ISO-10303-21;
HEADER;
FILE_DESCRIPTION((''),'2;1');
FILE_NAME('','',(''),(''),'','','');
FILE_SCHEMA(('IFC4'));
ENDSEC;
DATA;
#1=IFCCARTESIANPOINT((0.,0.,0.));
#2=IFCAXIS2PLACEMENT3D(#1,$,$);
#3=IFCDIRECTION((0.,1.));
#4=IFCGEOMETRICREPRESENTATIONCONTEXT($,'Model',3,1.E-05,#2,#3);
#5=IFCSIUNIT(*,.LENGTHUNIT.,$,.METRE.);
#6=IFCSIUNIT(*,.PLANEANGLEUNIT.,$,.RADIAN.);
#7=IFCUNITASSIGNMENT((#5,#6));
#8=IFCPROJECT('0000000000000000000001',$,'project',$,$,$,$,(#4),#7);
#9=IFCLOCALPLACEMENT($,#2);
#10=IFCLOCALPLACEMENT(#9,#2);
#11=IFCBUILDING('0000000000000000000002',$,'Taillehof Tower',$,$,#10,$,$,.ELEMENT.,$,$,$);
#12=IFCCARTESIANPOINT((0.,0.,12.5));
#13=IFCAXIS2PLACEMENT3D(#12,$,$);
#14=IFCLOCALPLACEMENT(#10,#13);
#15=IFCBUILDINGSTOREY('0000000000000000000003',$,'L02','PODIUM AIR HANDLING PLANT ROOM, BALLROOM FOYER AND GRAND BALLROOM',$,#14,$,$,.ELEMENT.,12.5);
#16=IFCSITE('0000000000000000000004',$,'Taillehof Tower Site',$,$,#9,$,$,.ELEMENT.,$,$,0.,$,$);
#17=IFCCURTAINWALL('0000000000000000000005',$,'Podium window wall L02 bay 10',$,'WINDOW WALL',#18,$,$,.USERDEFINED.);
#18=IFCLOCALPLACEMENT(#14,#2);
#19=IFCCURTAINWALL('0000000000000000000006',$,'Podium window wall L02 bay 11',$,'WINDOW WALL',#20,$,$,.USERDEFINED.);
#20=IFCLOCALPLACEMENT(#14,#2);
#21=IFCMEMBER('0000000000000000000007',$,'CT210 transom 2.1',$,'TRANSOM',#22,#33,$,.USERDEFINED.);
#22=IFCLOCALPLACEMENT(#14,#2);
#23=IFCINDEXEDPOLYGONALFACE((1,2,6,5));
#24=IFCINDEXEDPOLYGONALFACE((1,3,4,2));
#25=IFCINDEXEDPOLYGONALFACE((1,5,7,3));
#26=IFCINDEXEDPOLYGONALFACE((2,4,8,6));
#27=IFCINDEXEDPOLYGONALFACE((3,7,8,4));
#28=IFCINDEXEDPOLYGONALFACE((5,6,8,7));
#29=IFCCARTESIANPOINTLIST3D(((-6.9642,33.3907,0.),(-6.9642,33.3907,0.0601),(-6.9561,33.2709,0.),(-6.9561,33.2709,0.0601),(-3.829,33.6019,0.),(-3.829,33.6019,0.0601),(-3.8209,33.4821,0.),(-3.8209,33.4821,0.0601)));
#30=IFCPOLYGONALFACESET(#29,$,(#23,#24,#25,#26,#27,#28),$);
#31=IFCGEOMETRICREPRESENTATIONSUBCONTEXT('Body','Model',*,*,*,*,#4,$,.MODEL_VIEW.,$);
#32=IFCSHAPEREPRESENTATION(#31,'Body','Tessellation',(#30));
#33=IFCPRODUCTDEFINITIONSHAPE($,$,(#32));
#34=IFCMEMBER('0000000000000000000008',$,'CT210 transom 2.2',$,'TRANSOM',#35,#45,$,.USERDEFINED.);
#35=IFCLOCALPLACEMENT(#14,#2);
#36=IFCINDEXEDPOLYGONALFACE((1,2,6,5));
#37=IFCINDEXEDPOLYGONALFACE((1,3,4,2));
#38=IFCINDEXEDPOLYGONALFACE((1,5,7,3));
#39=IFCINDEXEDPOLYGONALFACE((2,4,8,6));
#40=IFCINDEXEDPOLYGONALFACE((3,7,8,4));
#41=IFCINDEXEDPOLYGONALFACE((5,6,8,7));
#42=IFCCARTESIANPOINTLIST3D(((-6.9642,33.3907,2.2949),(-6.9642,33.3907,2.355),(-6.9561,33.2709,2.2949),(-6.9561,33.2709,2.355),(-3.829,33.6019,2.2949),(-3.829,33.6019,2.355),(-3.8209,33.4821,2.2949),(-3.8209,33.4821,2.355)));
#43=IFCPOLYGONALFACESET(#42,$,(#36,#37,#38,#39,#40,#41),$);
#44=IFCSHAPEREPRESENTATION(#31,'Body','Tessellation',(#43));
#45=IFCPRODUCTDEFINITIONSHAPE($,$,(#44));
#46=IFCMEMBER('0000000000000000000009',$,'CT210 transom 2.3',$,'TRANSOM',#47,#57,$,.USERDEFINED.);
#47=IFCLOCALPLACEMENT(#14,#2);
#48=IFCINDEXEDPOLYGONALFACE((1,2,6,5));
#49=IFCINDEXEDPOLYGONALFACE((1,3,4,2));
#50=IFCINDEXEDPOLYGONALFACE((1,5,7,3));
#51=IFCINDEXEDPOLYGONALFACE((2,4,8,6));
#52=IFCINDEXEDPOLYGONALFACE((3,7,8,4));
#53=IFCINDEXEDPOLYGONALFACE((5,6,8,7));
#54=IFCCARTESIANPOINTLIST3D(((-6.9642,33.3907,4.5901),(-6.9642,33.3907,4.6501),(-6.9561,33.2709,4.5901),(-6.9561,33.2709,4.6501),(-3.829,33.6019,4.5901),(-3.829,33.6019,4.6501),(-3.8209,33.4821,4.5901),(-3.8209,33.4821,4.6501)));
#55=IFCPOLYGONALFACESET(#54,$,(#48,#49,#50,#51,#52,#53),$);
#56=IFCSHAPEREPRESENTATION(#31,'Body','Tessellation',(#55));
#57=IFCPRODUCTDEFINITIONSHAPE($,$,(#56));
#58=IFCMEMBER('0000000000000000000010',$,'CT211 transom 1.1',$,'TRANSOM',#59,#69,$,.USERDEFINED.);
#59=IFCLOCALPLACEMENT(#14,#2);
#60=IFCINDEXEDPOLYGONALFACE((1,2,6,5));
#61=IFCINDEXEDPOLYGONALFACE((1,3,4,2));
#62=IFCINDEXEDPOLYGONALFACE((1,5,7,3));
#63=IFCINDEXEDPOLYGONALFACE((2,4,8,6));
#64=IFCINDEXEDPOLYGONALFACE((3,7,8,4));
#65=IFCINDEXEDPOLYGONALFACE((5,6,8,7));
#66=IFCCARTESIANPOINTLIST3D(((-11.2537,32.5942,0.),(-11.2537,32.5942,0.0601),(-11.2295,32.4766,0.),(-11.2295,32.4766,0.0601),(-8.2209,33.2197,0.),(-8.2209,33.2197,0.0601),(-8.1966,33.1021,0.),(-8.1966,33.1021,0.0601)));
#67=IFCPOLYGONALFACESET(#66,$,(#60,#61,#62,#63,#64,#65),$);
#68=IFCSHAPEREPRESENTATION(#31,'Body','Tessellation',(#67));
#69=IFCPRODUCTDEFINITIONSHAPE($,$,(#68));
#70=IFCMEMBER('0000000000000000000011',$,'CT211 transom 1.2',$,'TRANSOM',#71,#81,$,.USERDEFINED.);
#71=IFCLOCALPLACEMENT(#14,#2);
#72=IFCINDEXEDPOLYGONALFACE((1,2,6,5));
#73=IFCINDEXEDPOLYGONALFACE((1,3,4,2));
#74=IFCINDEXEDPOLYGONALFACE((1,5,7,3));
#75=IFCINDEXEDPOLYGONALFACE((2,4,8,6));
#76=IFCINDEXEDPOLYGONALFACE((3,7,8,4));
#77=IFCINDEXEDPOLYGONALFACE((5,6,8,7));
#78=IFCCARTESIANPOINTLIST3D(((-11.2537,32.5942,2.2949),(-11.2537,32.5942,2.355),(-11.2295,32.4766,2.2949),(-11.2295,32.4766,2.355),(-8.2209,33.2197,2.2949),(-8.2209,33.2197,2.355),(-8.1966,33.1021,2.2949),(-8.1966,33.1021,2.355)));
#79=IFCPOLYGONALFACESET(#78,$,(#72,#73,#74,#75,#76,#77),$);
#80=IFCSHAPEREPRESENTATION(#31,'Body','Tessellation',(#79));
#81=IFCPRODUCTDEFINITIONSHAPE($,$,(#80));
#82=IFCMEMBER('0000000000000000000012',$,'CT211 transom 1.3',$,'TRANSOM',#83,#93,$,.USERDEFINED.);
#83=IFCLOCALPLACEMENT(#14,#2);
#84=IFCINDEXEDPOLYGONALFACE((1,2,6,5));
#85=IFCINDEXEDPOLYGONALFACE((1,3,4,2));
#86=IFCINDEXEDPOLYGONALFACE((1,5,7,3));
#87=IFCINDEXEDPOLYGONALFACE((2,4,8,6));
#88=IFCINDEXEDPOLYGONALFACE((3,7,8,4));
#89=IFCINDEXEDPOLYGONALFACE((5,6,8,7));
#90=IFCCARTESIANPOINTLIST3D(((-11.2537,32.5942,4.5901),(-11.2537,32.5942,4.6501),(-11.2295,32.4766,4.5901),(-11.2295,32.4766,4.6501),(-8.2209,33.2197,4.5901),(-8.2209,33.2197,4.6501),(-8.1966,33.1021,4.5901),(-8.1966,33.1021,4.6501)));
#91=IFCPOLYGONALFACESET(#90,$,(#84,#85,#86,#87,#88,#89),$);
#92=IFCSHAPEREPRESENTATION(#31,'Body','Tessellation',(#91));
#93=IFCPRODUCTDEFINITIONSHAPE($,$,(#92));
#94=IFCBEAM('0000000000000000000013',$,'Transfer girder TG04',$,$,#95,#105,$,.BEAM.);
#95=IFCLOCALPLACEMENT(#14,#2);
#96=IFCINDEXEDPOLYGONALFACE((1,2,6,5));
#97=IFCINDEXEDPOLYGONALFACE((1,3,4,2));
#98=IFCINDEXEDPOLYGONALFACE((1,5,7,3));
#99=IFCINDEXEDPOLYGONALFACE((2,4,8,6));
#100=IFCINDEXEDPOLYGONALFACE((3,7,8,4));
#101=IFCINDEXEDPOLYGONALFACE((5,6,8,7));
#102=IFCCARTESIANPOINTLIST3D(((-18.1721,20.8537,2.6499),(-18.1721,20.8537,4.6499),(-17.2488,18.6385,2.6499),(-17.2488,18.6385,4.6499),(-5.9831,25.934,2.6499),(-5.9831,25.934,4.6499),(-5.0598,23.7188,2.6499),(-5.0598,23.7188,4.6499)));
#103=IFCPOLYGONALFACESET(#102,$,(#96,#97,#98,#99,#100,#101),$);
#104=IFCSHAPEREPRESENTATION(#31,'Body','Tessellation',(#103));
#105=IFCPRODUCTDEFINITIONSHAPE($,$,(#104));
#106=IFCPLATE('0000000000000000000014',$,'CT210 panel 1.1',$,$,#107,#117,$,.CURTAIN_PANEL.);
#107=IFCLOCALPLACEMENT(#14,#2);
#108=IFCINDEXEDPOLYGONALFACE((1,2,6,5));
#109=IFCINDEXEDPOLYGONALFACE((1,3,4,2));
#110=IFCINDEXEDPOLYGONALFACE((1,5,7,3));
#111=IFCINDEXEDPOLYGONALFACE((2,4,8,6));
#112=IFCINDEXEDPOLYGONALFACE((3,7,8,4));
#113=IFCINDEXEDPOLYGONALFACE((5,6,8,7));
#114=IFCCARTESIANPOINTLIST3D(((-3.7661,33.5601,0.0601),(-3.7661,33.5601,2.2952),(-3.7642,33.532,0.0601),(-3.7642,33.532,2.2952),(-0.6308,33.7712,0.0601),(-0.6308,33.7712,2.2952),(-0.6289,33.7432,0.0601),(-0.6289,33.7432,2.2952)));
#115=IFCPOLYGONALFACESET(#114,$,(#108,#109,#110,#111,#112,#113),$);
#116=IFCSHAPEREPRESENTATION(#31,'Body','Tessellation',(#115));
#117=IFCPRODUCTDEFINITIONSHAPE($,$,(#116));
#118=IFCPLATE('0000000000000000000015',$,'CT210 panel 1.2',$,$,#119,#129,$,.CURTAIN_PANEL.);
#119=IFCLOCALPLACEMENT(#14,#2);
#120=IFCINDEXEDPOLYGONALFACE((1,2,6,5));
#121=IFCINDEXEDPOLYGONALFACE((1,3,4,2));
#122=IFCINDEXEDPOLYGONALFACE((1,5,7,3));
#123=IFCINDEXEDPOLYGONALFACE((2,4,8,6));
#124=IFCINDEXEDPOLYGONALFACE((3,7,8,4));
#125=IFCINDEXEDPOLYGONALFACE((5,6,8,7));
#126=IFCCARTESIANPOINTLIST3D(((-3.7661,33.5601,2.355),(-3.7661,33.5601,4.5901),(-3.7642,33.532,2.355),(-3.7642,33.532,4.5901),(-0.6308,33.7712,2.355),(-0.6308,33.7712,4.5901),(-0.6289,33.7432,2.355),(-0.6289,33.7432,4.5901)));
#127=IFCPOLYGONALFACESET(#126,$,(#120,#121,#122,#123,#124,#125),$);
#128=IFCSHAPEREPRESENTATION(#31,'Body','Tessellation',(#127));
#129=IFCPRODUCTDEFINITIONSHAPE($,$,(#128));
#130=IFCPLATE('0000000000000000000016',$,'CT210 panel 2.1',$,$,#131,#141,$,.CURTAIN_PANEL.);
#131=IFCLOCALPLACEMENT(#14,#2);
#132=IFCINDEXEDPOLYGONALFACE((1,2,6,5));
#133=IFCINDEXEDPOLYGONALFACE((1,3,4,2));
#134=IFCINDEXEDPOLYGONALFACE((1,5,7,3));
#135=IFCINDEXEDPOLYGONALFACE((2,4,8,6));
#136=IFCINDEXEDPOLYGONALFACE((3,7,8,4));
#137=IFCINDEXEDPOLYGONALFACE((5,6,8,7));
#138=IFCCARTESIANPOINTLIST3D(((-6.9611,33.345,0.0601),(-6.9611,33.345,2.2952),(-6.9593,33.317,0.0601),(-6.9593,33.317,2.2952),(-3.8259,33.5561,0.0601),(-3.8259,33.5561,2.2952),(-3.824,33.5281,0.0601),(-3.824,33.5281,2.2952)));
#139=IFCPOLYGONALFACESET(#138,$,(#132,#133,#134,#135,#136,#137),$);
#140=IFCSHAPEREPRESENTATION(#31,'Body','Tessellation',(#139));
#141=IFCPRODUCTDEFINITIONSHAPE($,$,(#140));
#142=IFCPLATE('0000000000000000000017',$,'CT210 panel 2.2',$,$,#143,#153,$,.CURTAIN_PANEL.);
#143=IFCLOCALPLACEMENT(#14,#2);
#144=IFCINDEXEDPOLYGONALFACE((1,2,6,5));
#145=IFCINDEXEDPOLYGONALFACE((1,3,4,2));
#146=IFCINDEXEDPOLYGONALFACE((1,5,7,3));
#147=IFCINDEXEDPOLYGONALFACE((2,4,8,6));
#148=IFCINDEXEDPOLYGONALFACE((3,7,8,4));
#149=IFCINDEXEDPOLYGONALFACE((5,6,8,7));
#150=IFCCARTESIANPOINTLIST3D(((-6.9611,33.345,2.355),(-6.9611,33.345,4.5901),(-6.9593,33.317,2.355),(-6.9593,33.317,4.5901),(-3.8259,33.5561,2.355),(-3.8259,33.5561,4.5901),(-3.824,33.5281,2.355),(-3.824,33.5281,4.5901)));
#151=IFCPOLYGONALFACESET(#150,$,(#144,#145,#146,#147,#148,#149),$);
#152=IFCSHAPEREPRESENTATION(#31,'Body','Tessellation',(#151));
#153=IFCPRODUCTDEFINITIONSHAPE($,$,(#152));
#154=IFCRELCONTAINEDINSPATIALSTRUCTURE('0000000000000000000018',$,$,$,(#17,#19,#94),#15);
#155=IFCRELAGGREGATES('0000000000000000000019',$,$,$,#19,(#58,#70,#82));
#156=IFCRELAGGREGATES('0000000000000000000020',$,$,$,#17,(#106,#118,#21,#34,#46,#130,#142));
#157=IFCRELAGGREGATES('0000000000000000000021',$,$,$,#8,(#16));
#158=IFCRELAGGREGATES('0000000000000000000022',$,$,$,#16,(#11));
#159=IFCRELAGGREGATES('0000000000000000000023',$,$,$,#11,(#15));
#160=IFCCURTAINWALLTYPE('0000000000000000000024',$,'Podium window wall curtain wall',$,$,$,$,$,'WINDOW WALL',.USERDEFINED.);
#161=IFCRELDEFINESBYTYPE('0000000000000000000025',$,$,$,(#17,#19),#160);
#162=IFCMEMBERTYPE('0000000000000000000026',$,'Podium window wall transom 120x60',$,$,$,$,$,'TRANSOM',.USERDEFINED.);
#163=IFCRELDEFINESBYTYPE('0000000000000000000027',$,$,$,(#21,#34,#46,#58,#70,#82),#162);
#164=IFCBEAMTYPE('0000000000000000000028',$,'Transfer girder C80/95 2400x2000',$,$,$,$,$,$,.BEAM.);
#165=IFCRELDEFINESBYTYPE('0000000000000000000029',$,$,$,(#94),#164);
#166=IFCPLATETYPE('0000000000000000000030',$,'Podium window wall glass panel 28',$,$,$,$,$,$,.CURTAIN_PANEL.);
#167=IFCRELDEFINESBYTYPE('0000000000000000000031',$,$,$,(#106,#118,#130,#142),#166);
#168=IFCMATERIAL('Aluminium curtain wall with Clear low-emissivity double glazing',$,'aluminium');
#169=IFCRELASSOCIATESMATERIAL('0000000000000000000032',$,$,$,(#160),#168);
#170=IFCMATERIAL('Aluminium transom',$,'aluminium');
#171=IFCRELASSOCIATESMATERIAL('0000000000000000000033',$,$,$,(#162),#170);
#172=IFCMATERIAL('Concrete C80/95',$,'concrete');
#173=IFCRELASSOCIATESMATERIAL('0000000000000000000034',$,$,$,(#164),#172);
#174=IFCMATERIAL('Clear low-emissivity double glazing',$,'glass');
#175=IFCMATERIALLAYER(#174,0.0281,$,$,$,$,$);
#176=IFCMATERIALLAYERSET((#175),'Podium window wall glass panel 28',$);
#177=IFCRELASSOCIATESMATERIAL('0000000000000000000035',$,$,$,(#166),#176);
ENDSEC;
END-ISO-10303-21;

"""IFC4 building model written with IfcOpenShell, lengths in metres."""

from ifc_helpers import new_model, si_unit, direction, frame, origin, origin_2d, place, context, subcontext, project, spatial, rectangle, extrude, material, layer, layer_set, material_profile, profile_set, type_object, element, aggregate, save


model = new_model("IFC4")

# Units and contexts
model_context = context("Model", 3, precision=1e-05, world=origin(), true_north=direction((0.0, 1.0)))
body_context = subcontext(model_context, "Body", "Model", "MODEL_VIEW")
ifc_project = project(units=[si_unit("LENGTHUNIT", "METRE"), si_unit("PLANEANGLEUNIT", "RADIAN")], contexts=[model_context])

# Site, building, storey
site_placement = place(None, origin())
site = spatial("IfcSite", under=ifc_project, at=site_placement, Name="Taillehof Tower Site", CompositionType="ELEMENT", RefElevation=0.0)
building_placement = place(site_placement, origin())
building = spatial("IfcBuilding", under=site, at=building_placement, Name="Taillehof Tower", CompositionType="ELEMENT")
storey_placement = place(building_placement, frame((0.0, 0.0, 12.5)))
storey = spatial("IfcBuildingStorey", under=building, at=storey_placement, Name="L02", Description="PODIUM AIR HANDLING PLANT ROOM, BALLROOM FOYER AND GRAND BALLROOM", CompositionType="ELEMENT", Elevation=12.5)

# Curtain wall
ifc_material_1 = material(Name="Aluminium curtain wall with Clear low-emissivity double glazing", Category="aluminium")
curtain_wall_type = type_object("IfcCurtainWallType", Name="Podium window wall curtain wall", ElementType="WINDOW WALL", PredefinedType="USERDEFINED", material=ifc_material_1)
curtain_wall_1_placement = place(storey_placement, origin())
curtain_wall_1 = element("IfcCurtainWall", 1, at=curtain_wall_1_placement, inside=storey, type_object=curtain_wall_type, Name="Podium window wall L02 bay 10", ObjectType="WINDOW WALL", PredefinedType="USERDEFINED")

# Curtain wall
curtain_wall_2_placement = place(storey_placement, origin())
curtain_wall_2 = element("IfcCurtainWall", 2, at=curtain_wall_2_placement, inside=storey, type_object=curtain_wall_type, Name="Podium window wall L02 bay 11", ObjectType="WINDOW WALL", PredefinedType="USERDEFINED")

# Members
ifc_material_2 = material(Name="Aluminium transom", Category="aluminium")
ifc_material_profile_1 = material_profile(ifc_material_2, rectangle(XDim=0.1201, YDim=0.0601, at=origin_2d()), Name="AL 120x60")
ifc_profile_set_1 = profile_set([ifc_material_profile_1], Name="Aluminium transom")
member_type_1 = type_object("IfcMemberType", Name="Podium window wall transom 120x60", ElementType="TRANSOM", PredefinedType="USERDEFINED", material=ifc_profile_set_1)
member_1_placement = place(storey_placement, frame((-3.825, 33.542, 0.03), z_axis=(-0.997739, -0.067205, 0.0), x_axis=(0.067205, -0.997739, 0.0)))
member_1 = element("IfcMember", 3, at=member_1_placement, type_object=member_type_1, Name="CT210 transom 2.1", ObjectType="TRANSOM", PredefinedType="USERDEFINED", context=body_context, shape_type="SweptSolid", body=[
    extrude(rectangle(XDim=0.1201, YDim=0.0601, at=origin_2d()), origin(), (0.0, 0.0, 1.0), 3.1423),
])
member_2_placement = place(storey_placement, frame((-3.825, 33.542, 2.325), z_axis=(-0.997739, -0.067205, 0.0), x_axis=(0.067205, -0.997739, 0.0)))
member_2 = element("IfcMember", 4, at=member_2_placement, type_object=member_type_1, Name="CT210 transom 2.2", ObjectType="TRANSOM", PredefinedType="USERDEFINED", context=body_context, shape_type="SweptSolid", body=[
    extrude(rectangle(XDim=0.1201, YDim=0.0601, at=origin_2d()), origin(), (0.0, 0.0, 1.0), 3.1423),
])
member_3_placement = place(storey_placement, frame((-3.825, 33.542, 4.6201), z_axis=(-0.997739, -0.067205, 0.0), x_axis=(0.067205, -0.997739, 0.0)))
member_3 = element("IfcMember", 5, at=member_3_placement, type_object=member_type_1, Name="CT210 transom 2.3", ObjectType="TRANSOM", PredefinedType="USERDEFINED", context=body_context, shape_type="SweptSolid", body=[
    extrude(rectangle(XDim=0.1201, YDim=0.0601, at=origin_2d()), origin(), (0.0, 0.0, 1.0), 3.1423),
])
member_4_placement = place(storey_placement, frame((-8.2087, 33.1609, 0.03), z_axis=(-0.97939, -0.20198, 0.0), x_axis=(0.20198, -0.97939, 0.0)))
member_4 = element("IfcMember", 6, at=member_4_placement, type_object=member_type_1, Name="CT211 transom 1.1", ObjectType="TRANSOM", PredefinedType="USERDEFINED", context=body_context, shape_type="SweptSolid", body=[
    extrude(rectangle(XDim=0.1201, YDim=0.0601, at=origin_2d()), origin(), (0.0, 0.0, 1.0), 3.0967),
])
member_5_placement = place(storey_placement, frame((-8.2087, 33.1609, 2.325), z_axis=(-0.97939, -0.20198, 0.0), x_axis=(0.20198, -0.97939, 0.0)))
member_5 = element("IfcMember", 7, at=member_5_placement, type_object=member_type_1, Name="CT211 transom 1.2", ObjectType="TRANSOM", PredefinedType="USERDEFINED", context=body_context, shape_type="SweptSolid", body=[
    extrude(rectangle(XDim=0.1201, YDim=0.0601, at=origin_2d()), origin(), (0.0, 0.0, 1.0), 3.0967),
])
member_6_placement = place(storey_placement, frame((-8.2087, 33.1609, 4.6201), z_axis=(-0.97939, -0.20198, 0.0), x_axis=(0.20198, -0.97939, 0.0)))
member_6 = element("IfcMember", 8, at=member_6_placement, type_object=member_type_1, Name="CT211 transom 1.3", ObjectType="TRANSOM", PredefinedType="USERDEFINED", context=body_context, shape_type="SweptSolid", body=[
    extrude(rectangle(XDim=0.1201, YDim=0.0601, at=origin_2d()), origin(), (0.0, 0.0, 1.0), 3.0967),
])
aggregate(curtain_wall_2, [member_4, member_5, member_6])

# Beam
ifc_material_3 = material(Name="Concrete C80/95", Category="concrete")
ifc_material_profile_2 = material_profile(ifc_material_3, rectangle(XDim=2.3999, YDim=2.0, at=origin_2d()), Name="RC 2400x2000")
ifc_profile_set_2 = profile_set([ifc_material_profile_2], Name="Concrete C80/95")
beam_type_1 = type_object("IfcBeamType", Name="Transfer girder C80/95 2400x2000", PredefinedType="BEAM", material=ifc_profile_set_2)
beam_1_placement = place(storey_placement, frame((-5.5215, 24.8264, 3.6499), z_axis=(-0.923034, -0.384718, 0.0), x_axis=(0.384718, -0.923034, 0.0)))
element("IfcBeam", 9, at=beam_1_placement, inside=storey, type_object=beam_type_1, Name="Transfer girder TG04", PredefinedType="BEAM", context=body_context, shape_type="SweptSolid", body=[
    extrude(rectangle(XDim=2.3999, YDim=2.0, at=origin_2d()), origin(), (0.0, 0.0, 1.0), 13.2053),
])

# Plates
ifc_material_4 = material(Name="Clear low-emissivity double glazing", Category="glass")
ifc_layer_1 = layer(ifc_material_4, 0.0281)
ifc_layer_set_1 = layer_set([ifc_layer_1], Name="Podium window wall glass panel 28")
plate_type = type_object("IfcPlateType", Name="Podium window wall glass panel 28", PredefinedType="CURTAIN_PANEL", material=ifc_layer_set_1)
plate_1_placement = place(storey_placement, frame((-2.1975, 33.6516, 0.0601), z_axis=(0.0, 0.0, 1.0), x_axis=(-0.997741, -0.067183, 0.0)))
plate_1 = element("IfcPlate", 10, at=plate_1_placement, type_object=plate_type, Name="CT210 panel 1.1", PredefinedType="CURTAIN_PANEL", context=body_context, shape_type="SweptSolid", body=[
    extrude(rectangle(XDim=3.1423, YDim=0.0281, at=origin_2d()), origin(), (0.0, 0.0, 1.0), 2.2351),
])
plate_2_placement = place(storey_placement, frame((-2.1975, 33.6516, 2.355), z_axis=(0.0, 0.0, 1.0), x_axis=(-0.997741, -0.067183, 0.0)))
plate_2 = element("IfcPlate", 11, at=plate_2_placement, type_object=plate_type, Name="CT210 panel 1.2", PredefinedType="CURTAIN_PANEL", context=body_context, shape_type="SweptSolid", body=[
    extrude(rectangle(XDim=3.1423, YDim=0.0281, at=origin_2d()), origin(), (0.0, 0.0, 1.0), 2.2351),
])
plate_3_placement = place(storey_placement, frame((-5.3926, 33.4365, 0.0601), z_axis=(0.0, 0.0, 1.0), x_axis=(-0.997741, -0.067183, 0.0)))
plate_3 = element("IfcPlate", 12, at=plate_3_placement, type_object=plate_type, Name="CT210 panel 2.1", PredefinedType="CURTAIN_PANEL", context=body_context, shape_type="SweptSolid", body=[
    extrude(rectangle(XDim=3.1423, YDim=0.0281, at=origin_2d()), origin(), (0.0, 0.0, 1.0), 2.2351),
])
plate_4_placement = place(storey_placement, frame((-5.3926, 33.4365, 2.355), z_axis=(0.0, 0.0, 1.0), x_axis=(-0.997741, -0.067183, 0.0)))
plate_4 = element("IfcPlate", 13, at=plate_4_placement, type_object=plate_type, Name="CT210 panel 2.2", PredefinedType="CURTAIN_PANEL", context=body_context, shape_type="SweptSolid", body=[
    extrude(rectangle(XDim=3.1423, YDim=0.0281, at=origin_2d()), origin(), (0.0, 0.0, 1.0), 2.2351),
])
aggregate(curtain_wall_1, [plate_1, plate_2, member_1, member_2, member_3, plate_3, plate_4])

save(model, "model.ifc")
